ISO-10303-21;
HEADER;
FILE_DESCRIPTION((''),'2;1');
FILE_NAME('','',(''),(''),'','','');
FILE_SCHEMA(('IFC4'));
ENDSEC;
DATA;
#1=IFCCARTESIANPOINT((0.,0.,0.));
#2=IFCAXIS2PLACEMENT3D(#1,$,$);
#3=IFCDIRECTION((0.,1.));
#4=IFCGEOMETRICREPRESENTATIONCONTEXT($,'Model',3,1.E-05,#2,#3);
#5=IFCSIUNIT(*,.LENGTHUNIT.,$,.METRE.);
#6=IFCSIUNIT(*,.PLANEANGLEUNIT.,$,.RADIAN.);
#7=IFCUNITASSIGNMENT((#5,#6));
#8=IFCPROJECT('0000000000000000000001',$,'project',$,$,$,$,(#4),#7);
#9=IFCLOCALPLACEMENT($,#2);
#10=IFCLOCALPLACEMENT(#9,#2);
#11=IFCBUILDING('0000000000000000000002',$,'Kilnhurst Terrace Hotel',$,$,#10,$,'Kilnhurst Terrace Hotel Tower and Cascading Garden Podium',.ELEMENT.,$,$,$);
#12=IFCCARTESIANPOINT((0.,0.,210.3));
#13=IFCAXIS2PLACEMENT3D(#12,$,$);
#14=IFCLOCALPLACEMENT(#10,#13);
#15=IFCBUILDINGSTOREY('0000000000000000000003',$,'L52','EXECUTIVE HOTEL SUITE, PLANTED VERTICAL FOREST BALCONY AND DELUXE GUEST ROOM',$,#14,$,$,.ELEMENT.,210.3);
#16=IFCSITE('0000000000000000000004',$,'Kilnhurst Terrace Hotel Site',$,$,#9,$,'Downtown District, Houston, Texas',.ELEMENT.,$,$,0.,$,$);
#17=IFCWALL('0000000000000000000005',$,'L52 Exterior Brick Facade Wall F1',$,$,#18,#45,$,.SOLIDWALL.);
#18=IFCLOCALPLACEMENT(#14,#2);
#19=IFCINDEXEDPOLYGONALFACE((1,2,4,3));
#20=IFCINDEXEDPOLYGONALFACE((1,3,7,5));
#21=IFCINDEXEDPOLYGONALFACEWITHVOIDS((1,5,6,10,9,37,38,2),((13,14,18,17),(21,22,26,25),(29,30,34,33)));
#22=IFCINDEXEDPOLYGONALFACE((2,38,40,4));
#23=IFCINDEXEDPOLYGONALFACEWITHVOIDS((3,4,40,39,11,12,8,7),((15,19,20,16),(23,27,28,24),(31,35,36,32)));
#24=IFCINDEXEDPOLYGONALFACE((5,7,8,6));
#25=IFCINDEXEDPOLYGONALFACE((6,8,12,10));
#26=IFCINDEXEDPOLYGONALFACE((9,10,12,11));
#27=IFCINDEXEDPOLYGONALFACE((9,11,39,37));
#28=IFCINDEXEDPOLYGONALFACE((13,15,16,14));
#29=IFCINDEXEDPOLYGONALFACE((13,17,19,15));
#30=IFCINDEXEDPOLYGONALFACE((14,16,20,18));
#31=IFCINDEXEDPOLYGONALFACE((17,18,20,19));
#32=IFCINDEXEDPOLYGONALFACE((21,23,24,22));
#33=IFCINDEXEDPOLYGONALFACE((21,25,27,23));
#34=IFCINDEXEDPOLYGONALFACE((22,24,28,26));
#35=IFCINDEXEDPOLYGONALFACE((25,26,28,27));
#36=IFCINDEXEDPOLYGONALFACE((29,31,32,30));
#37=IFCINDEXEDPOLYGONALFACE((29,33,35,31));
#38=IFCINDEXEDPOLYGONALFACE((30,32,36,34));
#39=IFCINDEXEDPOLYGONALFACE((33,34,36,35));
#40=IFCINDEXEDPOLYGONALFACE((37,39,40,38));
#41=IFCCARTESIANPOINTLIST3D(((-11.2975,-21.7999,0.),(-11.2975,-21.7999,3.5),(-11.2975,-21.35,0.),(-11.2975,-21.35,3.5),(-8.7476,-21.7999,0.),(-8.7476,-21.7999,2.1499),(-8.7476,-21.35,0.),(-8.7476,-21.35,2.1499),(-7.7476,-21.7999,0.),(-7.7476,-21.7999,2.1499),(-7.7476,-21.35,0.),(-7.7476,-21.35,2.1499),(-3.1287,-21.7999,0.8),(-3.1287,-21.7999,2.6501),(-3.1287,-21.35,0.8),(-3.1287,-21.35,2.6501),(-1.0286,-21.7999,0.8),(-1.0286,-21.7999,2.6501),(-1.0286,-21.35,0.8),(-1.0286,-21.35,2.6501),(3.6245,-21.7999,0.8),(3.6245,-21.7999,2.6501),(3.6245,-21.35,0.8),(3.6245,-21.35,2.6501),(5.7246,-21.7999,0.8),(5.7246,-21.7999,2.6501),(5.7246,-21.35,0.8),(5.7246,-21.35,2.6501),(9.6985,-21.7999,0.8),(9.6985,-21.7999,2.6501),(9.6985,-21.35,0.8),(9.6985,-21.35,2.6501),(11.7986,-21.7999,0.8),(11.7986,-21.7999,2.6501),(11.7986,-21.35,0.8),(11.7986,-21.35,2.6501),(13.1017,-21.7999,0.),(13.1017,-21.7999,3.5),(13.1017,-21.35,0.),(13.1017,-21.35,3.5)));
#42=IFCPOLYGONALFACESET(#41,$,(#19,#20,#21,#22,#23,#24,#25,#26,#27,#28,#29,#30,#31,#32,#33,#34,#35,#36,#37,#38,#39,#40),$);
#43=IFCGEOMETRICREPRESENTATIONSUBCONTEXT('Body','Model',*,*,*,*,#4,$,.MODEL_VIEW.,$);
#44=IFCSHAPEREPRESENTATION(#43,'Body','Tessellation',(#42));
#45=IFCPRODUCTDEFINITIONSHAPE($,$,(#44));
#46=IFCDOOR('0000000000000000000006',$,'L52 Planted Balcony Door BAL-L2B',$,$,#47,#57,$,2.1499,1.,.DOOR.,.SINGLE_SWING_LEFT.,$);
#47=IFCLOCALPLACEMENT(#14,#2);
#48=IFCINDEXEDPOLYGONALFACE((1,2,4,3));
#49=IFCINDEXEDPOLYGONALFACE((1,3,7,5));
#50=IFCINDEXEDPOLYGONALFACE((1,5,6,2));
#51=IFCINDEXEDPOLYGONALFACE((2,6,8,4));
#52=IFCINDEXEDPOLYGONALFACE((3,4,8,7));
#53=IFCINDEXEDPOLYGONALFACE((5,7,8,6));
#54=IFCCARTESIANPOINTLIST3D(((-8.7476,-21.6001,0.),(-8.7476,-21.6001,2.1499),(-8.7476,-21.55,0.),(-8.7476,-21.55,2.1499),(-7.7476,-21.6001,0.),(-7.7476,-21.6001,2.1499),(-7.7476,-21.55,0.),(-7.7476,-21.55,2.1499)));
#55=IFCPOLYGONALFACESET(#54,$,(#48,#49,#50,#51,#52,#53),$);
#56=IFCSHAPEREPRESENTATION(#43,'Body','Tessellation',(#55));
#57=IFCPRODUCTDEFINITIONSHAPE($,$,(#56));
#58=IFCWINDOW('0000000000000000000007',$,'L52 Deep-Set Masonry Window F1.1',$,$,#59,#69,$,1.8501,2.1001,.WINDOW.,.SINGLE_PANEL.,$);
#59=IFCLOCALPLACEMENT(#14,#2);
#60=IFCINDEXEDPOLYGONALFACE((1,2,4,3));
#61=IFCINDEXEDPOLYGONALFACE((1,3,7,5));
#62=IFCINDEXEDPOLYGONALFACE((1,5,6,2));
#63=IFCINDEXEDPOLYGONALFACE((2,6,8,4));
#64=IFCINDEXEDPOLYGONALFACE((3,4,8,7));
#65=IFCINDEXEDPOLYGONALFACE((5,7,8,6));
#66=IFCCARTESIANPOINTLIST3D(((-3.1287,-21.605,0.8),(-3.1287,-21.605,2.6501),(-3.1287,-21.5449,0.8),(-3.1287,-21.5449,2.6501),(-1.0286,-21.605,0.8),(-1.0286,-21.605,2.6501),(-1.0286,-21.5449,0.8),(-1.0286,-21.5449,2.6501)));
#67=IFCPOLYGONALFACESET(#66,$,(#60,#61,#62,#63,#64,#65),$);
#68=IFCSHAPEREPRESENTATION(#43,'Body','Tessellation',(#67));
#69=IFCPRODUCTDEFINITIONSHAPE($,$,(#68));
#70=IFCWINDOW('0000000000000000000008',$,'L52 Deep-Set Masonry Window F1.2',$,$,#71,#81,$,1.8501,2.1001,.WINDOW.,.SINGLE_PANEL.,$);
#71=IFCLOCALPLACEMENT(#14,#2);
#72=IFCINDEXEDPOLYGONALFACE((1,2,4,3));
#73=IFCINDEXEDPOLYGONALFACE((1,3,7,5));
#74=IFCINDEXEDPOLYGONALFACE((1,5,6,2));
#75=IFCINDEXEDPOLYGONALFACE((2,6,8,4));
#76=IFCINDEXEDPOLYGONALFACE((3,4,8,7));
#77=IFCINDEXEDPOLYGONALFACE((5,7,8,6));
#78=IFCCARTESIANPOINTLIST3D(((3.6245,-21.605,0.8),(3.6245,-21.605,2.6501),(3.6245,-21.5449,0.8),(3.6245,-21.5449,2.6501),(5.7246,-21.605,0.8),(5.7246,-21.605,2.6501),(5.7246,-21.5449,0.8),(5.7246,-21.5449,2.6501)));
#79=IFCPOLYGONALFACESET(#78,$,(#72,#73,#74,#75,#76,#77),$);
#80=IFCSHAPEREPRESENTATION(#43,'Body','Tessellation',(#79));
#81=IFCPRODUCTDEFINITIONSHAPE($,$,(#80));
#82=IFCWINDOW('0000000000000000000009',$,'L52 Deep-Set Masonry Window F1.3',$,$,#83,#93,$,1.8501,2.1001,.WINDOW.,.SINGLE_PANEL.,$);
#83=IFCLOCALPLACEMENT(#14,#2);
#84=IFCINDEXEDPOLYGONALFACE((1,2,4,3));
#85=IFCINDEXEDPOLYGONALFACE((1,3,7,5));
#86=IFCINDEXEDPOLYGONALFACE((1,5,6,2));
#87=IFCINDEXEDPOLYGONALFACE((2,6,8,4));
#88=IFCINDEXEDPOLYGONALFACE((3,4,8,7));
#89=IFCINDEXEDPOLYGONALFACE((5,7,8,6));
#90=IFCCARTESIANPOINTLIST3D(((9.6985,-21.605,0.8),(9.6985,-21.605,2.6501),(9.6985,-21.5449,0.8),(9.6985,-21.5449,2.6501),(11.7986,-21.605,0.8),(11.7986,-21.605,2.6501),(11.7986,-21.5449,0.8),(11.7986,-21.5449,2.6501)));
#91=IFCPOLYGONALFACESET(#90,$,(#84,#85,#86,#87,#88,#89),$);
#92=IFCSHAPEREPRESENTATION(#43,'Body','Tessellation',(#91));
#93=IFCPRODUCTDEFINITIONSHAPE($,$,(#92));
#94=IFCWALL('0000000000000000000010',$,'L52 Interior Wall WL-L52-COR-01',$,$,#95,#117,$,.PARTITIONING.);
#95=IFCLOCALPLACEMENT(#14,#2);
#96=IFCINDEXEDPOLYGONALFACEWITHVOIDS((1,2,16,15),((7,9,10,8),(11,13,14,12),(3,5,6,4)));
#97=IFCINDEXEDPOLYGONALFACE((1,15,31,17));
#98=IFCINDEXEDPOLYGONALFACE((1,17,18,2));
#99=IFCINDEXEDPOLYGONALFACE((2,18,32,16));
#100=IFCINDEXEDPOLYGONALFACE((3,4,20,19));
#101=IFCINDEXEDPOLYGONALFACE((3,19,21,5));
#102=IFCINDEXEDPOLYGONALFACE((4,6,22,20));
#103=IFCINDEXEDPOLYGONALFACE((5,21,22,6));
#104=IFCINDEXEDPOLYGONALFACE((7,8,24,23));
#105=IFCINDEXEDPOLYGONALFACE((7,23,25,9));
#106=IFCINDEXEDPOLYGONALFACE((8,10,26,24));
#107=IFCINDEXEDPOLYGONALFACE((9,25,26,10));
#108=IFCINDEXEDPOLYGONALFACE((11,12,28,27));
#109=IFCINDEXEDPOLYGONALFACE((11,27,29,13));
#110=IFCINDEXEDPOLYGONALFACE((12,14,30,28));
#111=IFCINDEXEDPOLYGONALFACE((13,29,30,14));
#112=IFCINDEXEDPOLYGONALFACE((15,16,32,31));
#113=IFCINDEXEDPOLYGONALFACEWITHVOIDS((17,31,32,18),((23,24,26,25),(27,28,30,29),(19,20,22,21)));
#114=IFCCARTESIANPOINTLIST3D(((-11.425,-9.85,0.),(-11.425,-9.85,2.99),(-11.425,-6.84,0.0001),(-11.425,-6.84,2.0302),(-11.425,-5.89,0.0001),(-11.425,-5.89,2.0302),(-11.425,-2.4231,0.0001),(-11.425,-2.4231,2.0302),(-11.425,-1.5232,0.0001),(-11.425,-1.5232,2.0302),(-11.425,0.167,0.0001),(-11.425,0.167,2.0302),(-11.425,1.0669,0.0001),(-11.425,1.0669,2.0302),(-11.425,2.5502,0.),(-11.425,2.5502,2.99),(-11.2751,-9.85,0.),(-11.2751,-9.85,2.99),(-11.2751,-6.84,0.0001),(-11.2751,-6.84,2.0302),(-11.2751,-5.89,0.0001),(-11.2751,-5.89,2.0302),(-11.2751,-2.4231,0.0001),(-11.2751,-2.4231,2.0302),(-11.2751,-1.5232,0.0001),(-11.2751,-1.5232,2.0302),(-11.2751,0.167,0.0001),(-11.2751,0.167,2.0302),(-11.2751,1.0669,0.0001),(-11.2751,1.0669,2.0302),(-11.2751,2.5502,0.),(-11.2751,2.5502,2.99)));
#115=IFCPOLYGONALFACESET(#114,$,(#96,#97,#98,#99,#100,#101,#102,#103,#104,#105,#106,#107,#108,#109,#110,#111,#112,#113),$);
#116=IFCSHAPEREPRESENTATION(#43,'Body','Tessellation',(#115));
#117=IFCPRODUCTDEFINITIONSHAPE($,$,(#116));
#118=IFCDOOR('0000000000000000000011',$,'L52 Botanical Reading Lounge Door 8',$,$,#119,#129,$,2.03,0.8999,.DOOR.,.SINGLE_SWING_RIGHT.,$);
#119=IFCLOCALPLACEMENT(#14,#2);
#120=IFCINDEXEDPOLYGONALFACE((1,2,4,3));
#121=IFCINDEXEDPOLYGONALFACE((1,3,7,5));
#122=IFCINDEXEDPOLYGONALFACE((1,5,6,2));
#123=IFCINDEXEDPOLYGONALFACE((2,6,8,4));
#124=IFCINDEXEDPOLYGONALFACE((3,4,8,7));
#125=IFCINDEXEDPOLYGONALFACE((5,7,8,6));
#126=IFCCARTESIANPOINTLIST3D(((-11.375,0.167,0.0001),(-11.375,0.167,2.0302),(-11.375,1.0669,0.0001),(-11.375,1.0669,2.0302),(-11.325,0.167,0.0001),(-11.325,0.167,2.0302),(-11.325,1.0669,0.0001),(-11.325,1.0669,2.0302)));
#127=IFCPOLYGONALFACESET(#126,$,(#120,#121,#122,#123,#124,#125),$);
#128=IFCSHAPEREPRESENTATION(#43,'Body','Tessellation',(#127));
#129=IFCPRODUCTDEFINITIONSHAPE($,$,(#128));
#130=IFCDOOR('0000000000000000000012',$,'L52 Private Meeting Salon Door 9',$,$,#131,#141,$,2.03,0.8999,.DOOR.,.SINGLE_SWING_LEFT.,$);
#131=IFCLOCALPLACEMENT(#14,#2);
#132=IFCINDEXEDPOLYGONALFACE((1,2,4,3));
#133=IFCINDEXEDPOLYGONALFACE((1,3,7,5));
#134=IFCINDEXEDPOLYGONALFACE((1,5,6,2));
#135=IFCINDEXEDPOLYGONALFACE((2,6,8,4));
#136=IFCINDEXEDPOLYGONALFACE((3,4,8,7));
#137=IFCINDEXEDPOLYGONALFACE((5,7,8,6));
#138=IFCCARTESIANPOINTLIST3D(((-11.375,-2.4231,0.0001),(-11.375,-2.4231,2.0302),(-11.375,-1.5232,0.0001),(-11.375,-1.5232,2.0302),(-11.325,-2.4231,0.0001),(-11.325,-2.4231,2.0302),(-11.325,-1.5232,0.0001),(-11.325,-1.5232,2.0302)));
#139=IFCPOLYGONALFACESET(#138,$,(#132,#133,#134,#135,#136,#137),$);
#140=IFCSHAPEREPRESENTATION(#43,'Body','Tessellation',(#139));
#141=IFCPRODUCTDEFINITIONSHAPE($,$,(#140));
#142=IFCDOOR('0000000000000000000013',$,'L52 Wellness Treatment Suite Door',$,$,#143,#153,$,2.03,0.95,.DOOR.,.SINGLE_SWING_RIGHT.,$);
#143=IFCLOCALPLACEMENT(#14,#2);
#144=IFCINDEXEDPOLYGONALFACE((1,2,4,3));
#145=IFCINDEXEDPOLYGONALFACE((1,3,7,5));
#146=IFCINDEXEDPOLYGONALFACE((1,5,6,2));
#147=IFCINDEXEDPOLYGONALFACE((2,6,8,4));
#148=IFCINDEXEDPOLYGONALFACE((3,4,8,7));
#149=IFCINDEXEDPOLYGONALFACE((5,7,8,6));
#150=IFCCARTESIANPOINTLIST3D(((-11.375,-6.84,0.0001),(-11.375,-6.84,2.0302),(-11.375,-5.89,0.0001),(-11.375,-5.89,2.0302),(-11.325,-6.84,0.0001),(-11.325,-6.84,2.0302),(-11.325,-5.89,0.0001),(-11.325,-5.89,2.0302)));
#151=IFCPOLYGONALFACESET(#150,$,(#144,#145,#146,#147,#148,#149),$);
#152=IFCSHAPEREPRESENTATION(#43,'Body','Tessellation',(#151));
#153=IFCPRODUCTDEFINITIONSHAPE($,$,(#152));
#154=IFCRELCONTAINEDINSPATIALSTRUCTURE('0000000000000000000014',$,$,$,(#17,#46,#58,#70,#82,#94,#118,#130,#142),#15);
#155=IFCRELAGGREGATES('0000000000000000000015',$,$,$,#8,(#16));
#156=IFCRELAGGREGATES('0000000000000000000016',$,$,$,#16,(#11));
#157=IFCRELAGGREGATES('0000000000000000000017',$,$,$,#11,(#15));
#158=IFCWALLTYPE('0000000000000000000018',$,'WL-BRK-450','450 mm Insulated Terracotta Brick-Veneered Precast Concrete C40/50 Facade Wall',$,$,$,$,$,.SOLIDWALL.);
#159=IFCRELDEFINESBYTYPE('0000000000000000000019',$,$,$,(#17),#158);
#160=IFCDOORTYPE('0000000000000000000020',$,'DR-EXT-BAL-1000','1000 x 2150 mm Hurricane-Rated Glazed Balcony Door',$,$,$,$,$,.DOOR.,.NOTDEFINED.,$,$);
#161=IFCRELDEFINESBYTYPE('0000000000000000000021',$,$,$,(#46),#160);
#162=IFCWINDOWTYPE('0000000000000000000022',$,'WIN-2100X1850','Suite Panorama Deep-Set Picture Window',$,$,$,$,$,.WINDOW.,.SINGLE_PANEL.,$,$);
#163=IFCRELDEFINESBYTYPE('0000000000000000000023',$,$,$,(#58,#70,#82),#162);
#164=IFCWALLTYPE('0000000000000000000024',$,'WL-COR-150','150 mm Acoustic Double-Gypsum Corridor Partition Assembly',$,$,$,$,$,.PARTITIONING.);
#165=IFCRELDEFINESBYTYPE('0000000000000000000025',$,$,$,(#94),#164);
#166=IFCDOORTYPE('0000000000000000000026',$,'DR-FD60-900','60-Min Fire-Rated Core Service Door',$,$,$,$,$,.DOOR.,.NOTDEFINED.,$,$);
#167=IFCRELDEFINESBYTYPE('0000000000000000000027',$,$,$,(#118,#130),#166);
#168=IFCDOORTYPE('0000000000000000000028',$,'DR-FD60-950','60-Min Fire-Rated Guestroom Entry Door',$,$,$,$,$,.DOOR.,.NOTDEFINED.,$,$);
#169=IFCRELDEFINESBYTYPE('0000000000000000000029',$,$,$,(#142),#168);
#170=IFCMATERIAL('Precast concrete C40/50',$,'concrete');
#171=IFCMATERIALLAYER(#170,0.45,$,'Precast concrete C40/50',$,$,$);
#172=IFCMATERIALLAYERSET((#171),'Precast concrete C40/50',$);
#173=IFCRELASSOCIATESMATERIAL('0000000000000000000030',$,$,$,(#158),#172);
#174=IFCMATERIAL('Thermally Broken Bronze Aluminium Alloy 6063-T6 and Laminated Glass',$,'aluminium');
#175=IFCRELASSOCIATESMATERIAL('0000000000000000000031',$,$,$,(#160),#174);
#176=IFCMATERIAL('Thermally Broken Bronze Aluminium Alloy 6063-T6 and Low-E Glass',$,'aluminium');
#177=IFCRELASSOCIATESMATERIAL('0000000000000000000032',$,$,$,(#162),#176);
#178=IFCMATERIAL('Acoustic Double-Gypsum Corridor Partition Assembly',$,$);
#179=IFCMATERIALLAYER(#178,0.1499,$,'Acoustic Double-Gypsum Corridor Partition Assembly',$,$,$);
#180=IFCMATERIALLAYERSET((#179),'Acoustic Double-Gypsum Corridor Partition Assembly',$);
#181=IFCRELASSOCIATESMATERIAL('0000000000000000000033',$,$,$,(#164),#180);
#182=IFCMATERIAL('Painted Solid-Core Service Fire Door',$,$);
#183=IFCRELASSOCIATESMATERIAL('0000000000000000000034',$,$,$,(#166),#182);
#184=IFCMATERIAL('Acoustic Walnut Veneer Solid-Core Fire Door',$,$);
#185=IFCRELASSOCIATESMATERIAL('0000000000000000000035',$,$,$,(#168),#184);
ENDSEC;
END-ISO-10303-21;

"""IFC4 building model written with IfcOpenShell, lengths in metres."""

from ifc_helpers import new_model, si_unit, direction, frame, frame_2d, origin, place, context, subcontext, project, spatial, rectangle, extrude, material, layer, layer_set, type_object, element, fill, save


model = new_model("IFC4")

# Units and contexts
model_context = context("Model", 3, precision=1e-05, world=origin(), true_north=direction((0.0, 1.0)))
body_context = subcontext(model_context, "Body", "Model", "MODEL_VIEW")
ifc_project = project(units=[si_unit("LENGTHUNIT", "METRE"), si_unit("PLANEANGLEUNIT", "RADIAN")], contexts=[model_context])

# Site, building, storey
site_placement = place(None, origin())
site = spatial("IfcSite", under=ifc_project, at=site_placement, Name="Kilnhurst Terrace Hotel Site", LongName="Downtown District, Houston, Texas", CompositionType="ELEMENT", RefElevation=0.0)
building_placement = place(site_placement, origin())
building = spatial("IfcBuilding", under=site, at=building_placement, Name="Kilnhurst Terrace Hotel", LongName="Kilnhurst Terrace Hotel Tower and Cascading Garden Podium", CompositionType="ELEMENT")
storey_placement = place(building_placement, frame((0.0, 0.0, 210.3)))
storey = spatial("IfcBuildingStorey", under=building, at=storey_placement, Name="L52", Description="EXECUTIVE HOTEL SUITE, PLANTED VERTICAL FOREST BALCONY AND DELUXE GUEST ROOM", CompositionType="ELEMENT", Elevation=210.3)

# Shared definitions
ifc_material_1 = material(Name="Precast concrete C40/50", Category="concrete")
ifc_layer_1 = layer(ifc_material_1, 0.45, Name="Precast concrete C40/50")
ifc_layer_set_1 = layer_set([ifc_layer_1], Name="Precast concrete C40/50")
wall_type_1 = type_object("IfcWallType", Name="WL-BRK-450", Description="450 mm Insulated Terracotta Brick-Veneered Precast Concrete C40/50 Facade Wall", PredefinedType="SOLIDWALL", material=ifc_layer_set_1)

# Wall, openings, door, windows
wall_1_placement = place(storey_placement, frame((-11.2976, -21.575, 0.0), z_axis=(0.0, 0.0, 1.0), x_axis=(1.0, 0.0, 0.0)))
wall_1 = element("IfcWall", 1, at=wall_1_placement, inside=storey, type_object=wall_type_1, Name="L52 Exterior Brick Facade Wall F1", PredefinedType="SOLIDWALL", context=body_context, shape_type="SweptSolid", body=[
    extrude(rectangle(XDim=24.3992, YDim=0.45, at=frame_2d((12.1997, 0.0))), origin(), (0.0, 0.0, 1.0), 3.5),
])
opening_1_placement = place(wall_1_placement, frame((2.55, 0.0, 0.0)))
opening_1 = element("IfcOpeningElement", 2, at=opening_1_placement, cuts=wall_1, PredefinedType="OPENING", context=body_context, shape_type="SweptSolid", body=[
    extrude(rectangle(XDim=1.0, YDim=2.1499, at=frame_2d((0.5, 1.075))), frame((0.0, 0.2349, 0.0), z_axis=(0.0, -1.0, 0.0), x_axis=(1.0, 0.0, 0.0)), (0.0, 0.0, 1.0), 0.47),
])
opening_2_placement = place(wall_1_placement, frame((8.1689, 0.0, 0.8)))
opening_2 = element("IfcOpeningElement", 3, at=opening_2_placement, cuts=wall_1, PredefinedType="OPENING", context=body_context, shape_type="SweptSolid", body=[
    extrude(rectangle(XDim=2.1001, YDim=1.8501, at=frame_2d((1.05, 0.925))), frame((0.0, 0.2349, 0.0), z_axis=(0.0, -1.0, 0.0), x_axis=(1.0, 0.0, 0.0)), (0.0, 0.0, 1.0), 0.47),
])
opening_3_placement = place(wall_1_placement, frame((14.9221, 0.0, 0.8)))
opening_3 = element("IfcOpeningElement", 4, at=opening_3_placement, cuts=wall_1, PredefinedType="OPENING", context=body_context, shape_type="SweptSolid", body=[
    extrude(rectangle(XDim=2.1001, YDim=1.8501, at=frame_2d((1.05, 0.925))), frame((0.0, 0.2349, 0.0), z_axis=(0.0, -1.0, 0.0), x_axis=(1.0, 0.0, 0.0)), (0.0, 0.0, 1.0), 0.47),
])
opening_4_placement = place(wall_1_placement, frame((20.9961, 0.0, 0.8)))
opening_4 = element("IfcOpeningElement", 5, at=opening_4_placement, cuts=wall_1, PredefinedType="OPENING", context=body_context, shape_type="SweptSolid", body=[
    extrude(rectangle(XDim=2.1001, YDim=1.8501, at=frame_2d((1.05, 0.925))), frame((0.0, 0.2349, 0.0), z_axis=(0.0, -1.0, 0.0), x_axis=(1.0, 0.0, 0.0)), (0.0, 0.0, 1.0), 0.47),
])
ifc_material_2 = material(Name="Thermally Broken Bronze Aluminium Alloy 6063-T6 and Laminated Glass", Category="aluminium")
door_type_1 = type_object("IfcDoorType", Name="DR-EXT-BAL-1000", Description="1000 x 2150 mm Hurricane-Rated Glazed Balcony Door", OperationType="NOTDEFINED", PredefinedType="DOOR", material=ifc_material_2)
door_1_placement = place(opening_1_placement, origin())
door_1 = element("IfcDoor", 6, at=door_1_placement, inside=storey, type_object=door_type_1, Name="L52 Planted Balcony Door BAL-L2B", OperationType="SINGLE_SWING_LEFT", OverallHeight=2.1499, OverallWidth=1.0, PredefinedType="DOOR", context=body_context, shape_type="SweptSolid", body=[
    extrude(rectangle(XDim=1.0, YDim=2.1499, at=frame_2d((0.5, 1.075))), frame((0.0, 0.0249, 0.0), z_axis=(0.0, -1.0, 0.0), x_axis=(1.0, 0.0, 0.0)), (0.0, 0.0, 1.0), 0.05),
])
fill(opening_1, door_1)
ifc_material_3 = material(Name="Thermally Broken Bronze Aluminium Alloy 6063-T6 and Low-E Glass", Category="aluminium")
window_type = type_object("IfcWindowType", Name="WIN-2100X1850", Description="Suite Panorama Deep-Set Picture Window", PartitioningType="SINGLE_PANEL", PredefinedType="WINDOW", material=ifc_material_3)
window_1_placement = place(opening_2_placement, origin())
window_1 = element("IfcWindow", 7, at=window_1_placement, inside=storey, type_object=window_type, Name="L52 Deep-Set Masonry Window F1.1", OverallHeight=1.8501, OverallWidth=2.1001, PartitioningType="SINGLE_PANEL", PredefinedType="WINDOW", context=body_context, shape_type="SweptSolid", body=[
    extrude(rectangle(XDim=2.1001, YDim=1.8501, at=frame_2d((1.05, 0.925))), frame((0.0, 0.03, 0.0), z_axis=(0.0, -1.0, 0.0), x_axis=(1.0, 0.0, 0.0)), (0.0, 0.0, 1.0), 0.0601),
])
fill(opening_2, window_1)
window_2_placement = place(opening_3_placement, origin())
window_2 = element("IfcWindow", 8, at=window_2_placement, inside=storey, type_object=window_type, Name="L52 Deep-Set Masonry Window F1.2", OverallHeight=1.8501, OverallWidth=2.1001, PartitioningType="SINGLE_PANEL", PredefinedType="WINDOW", context=body_context, shape_type="SweptSolid", body=[
    extrude(rectangle(XDim=2.1001, YDim=1.8501, at=frame_2d((1.05, 0.925))), frame((0.0, 0.03, 0.0), z_axis=(0.0, -1.0, 0.0), x_axis=(1.0, 0.0, 0.0)), (0.0, 0.0, 1.0), 0.0601),
])
fill(opening_3, window_2)
window_3_placement = place(opening_4_placement, origin())
window_3 = element("IfcWindow", 9, at=window_3_placement, inside=storey, type_object=window_type, Name="L52 Deep-Set Masonry Window F1.3", OverallHeight=1.8501, OverallWidth=2.1001, PartitioningType="SINGLE_PANEL", PredefinedType="WINDOW", context=body_context, shape_type="SweptSolid", body=[
    extrude(rectangle(XDim=2.1001, YDim=1.8501, at=frame_2d((1.05, 0.925))), frame((0.0, 0.03, 0.0), z_axis=(0.0, -1.0, 0.0), x_axis=(1.0, 0.0, 0.0)), (0.0, 0.0, 1.0), 0.0601),
])
fill(opening_4, window_3)

# Wall, openings, doors
ifc_material_4 = material(Name="Acoustic Double-Gypsum Corridor Partition Assembly")
ifc_layer_2 = layer(ifc_material_4, 0.1499, Name="Acoustic Double-Gypsum Corridor Partition Assembly")
ifc_layer_set_2 = layer_set([ifc_layer_2], Name="Acoustic Double-Gypsum Corridor Partition Assembly")
wall_type_2 = type_object("IfcWallType", Name="WL-COR-150", Description="150 mm Acoustic Double-Gypsum Corridor Partition Assembly", PredefinedType="PARTITIONING", material=ifc_layer_set_2)
wall_2_placement = place(storey_placement, frame((-11.3501, -9.8501, 0.0), z_axis=(0.0, 0.0, 1.0), x_axis=(0.0, 1.0, 0.0)))
wall_2 = element("IfcWall", 10, at=wall_2_placement, inside=storey, type_object=wall_type_2, Name="L52 Interior Wall WL-L52-COR-01", PredefinedType="PARTITIONING", context=body_context, shape_type="SweptSolid", body=[
    extrude(rectangle(XDim=12.4001, YDim=0.1499, at=frame_2d((6.2002, 0.0))), origin(), (0.0, 0.0, 1.0), 2.99),
])
opening_5_placement = place(wall_2_placement, frame((10.0171, 0.0, 0.0)))
opening_5 = element("IfcOpeningElement", 11, at=opening_5_placement, cuts=wall_2, PredefinedType="OPENING", context=body_context, shape_type="SweptSolid", body=[
    extrude(rectangle(XDim=0.8999, YDim=2.03, at=frame_2d((0.45, 1.0151))), frame((0.0, 0.085, 0.0), z_axis=(0.0, -1.0, 0.0), x_axis=(1.0, 0.0, 0.0)), (0.0, 0.0, 1.0), 0.1699),
])
opening_6_placement = place(wall_2_placement, frame((7.427, 0.0, 0.0)))
opening_6 = element("IfcOpeningElement", 12, at=opening_6_placement, cuts=wall_2, PredefinedType="OPENING", context=body_context, shape_type="SweptSolid", body=[
    extrude(rectangle(XDim=0.8999, YDim=2.03, at=frame_2d((0.45, 1.0151))), frame((0.0, 0.085, 0.0), z_axis=(0.0, -1.0, 0.0), x_axis=(1.0, 0.0, 0.0)), (0.0, 0.0, 1.0), 0.1699),
])
opening_7_placement = place(wall_2_placement, frame((3.01, 0.0, 0.0)))
opening_7 = element("IfcOpeningElement", 13, at=opening_7_placement, cuts=wall_2, PredefinedType="OPENING", context=body_context, shape_type="SweptSolid", body=[
    extrude(rectangle(XDim=0.95, YDim=2.03, at=frame_2d((0.4751, 1.0151))), frame((0.0, 0.085, 0.0), z_axis=(0.0, -1.0, 0.0), x_axis=(1.0, 0.0, 0.0)), (0.0, 0.0, 1.0), 0.1699),
])
ifc_material_5 = material(Name="Painted Solid-Core Service Fire Door")
door_type_2 = type_object("IfcDoorType", Name="DR-FD60-900", Description="60-Min Fire-Rated Core Service Door", OperationType="NOTDEFINED", PredefinedType="DOOR", material=ifc_material_5)
door_2_placement = place(opening_5_placement, origin())
door_2 = element("IfcDoor", 14, at=door_2_placement, inside=storey, type_object=door_type_2, Name="L52 Botanical Reading Lounge Door 8", OperationType="SINGLE_SWING_RIGHT", OverallHeight=2.03, OverallWidth=0.8999, PredefinedType="DOOR", context=body_context, shape_type="SweptSolid", body=[
    extrude(rectangle(XDim=0.8999, YDim=2.03, at=frame_2d((0.45, 1.0151))), frame((0.0, 0.0249, 0.0), z_axis=(0.0, -1.0, 0.0), x_axis=(1.0, 0.0, 0.0)), (0.0, 0.0, 1.0), 0.05),
])
fill(opening_5, door_2)
door_3_placement = place(opening_6_placement, origin())
door_3 = element("IfcDoor", 15, at=door_3_placement, inside=storey, type_object=door_type_2, Name="L52 Private Meeting Salon Door 9", OperationType="SINGLE_SWING_LEFT", OverallHeight=2.03, OverallWidth=0.8999, PredefinedType="DOOR", context=body_context, shape_type="SweptSolid", body=[
    extrude(rectangle(XDim=0.8999, YDim=2.03, at=frame_2d((0.45, 1.0151))), frame((0.0, 0.0249, 0.0), z_axis=(0.0, -1.0, 0.0), x_axis=(1.0, 0.0, 0.0)), (0.0, 0.0, 1.0), 0.05),
])
fill(opening_6, door_3)
ifc_material_6 = material(Name="Acoustic Walnut Veneer Solid-Core Fire Door")
door_type_3 = type_object("IfcDoorType", Name="DR-FD60-950", Description="60-Min Fire-Rated Guestroom Entry Door", OperationType="NOTDEFINED", PredefinedType="DOOR", material=ifc_material_6)
door_4_placement = place(opening_7_placement, origin())
door_4 = element("IfcDoor", 16, at=door_4_placement, inside=storey, type_object=door_type_3, Name="L52 Wellness Treatment Suite Door", OperationType="SINGLE_SWING_RIGHT", OverallHeight=2.03, OverallWidth=0.95, PredefinedType="DOOR", context=body_context, shape_type="SweptSolid", body=[
    extrude(rectangle(XDim=0.95, YDim=2.03, at=frame_2d((0.4751, 1.0151))), frame((0.0, 0.0249, 0.0), z_axis=(0.0, -1.0, 0.0), x_axis=(1.0, 0.0, 0.0)), (0.0, 0.0, 1.0), 0.05),
])
fill(opening_7, door_4)

save(model, "model.ifc")
